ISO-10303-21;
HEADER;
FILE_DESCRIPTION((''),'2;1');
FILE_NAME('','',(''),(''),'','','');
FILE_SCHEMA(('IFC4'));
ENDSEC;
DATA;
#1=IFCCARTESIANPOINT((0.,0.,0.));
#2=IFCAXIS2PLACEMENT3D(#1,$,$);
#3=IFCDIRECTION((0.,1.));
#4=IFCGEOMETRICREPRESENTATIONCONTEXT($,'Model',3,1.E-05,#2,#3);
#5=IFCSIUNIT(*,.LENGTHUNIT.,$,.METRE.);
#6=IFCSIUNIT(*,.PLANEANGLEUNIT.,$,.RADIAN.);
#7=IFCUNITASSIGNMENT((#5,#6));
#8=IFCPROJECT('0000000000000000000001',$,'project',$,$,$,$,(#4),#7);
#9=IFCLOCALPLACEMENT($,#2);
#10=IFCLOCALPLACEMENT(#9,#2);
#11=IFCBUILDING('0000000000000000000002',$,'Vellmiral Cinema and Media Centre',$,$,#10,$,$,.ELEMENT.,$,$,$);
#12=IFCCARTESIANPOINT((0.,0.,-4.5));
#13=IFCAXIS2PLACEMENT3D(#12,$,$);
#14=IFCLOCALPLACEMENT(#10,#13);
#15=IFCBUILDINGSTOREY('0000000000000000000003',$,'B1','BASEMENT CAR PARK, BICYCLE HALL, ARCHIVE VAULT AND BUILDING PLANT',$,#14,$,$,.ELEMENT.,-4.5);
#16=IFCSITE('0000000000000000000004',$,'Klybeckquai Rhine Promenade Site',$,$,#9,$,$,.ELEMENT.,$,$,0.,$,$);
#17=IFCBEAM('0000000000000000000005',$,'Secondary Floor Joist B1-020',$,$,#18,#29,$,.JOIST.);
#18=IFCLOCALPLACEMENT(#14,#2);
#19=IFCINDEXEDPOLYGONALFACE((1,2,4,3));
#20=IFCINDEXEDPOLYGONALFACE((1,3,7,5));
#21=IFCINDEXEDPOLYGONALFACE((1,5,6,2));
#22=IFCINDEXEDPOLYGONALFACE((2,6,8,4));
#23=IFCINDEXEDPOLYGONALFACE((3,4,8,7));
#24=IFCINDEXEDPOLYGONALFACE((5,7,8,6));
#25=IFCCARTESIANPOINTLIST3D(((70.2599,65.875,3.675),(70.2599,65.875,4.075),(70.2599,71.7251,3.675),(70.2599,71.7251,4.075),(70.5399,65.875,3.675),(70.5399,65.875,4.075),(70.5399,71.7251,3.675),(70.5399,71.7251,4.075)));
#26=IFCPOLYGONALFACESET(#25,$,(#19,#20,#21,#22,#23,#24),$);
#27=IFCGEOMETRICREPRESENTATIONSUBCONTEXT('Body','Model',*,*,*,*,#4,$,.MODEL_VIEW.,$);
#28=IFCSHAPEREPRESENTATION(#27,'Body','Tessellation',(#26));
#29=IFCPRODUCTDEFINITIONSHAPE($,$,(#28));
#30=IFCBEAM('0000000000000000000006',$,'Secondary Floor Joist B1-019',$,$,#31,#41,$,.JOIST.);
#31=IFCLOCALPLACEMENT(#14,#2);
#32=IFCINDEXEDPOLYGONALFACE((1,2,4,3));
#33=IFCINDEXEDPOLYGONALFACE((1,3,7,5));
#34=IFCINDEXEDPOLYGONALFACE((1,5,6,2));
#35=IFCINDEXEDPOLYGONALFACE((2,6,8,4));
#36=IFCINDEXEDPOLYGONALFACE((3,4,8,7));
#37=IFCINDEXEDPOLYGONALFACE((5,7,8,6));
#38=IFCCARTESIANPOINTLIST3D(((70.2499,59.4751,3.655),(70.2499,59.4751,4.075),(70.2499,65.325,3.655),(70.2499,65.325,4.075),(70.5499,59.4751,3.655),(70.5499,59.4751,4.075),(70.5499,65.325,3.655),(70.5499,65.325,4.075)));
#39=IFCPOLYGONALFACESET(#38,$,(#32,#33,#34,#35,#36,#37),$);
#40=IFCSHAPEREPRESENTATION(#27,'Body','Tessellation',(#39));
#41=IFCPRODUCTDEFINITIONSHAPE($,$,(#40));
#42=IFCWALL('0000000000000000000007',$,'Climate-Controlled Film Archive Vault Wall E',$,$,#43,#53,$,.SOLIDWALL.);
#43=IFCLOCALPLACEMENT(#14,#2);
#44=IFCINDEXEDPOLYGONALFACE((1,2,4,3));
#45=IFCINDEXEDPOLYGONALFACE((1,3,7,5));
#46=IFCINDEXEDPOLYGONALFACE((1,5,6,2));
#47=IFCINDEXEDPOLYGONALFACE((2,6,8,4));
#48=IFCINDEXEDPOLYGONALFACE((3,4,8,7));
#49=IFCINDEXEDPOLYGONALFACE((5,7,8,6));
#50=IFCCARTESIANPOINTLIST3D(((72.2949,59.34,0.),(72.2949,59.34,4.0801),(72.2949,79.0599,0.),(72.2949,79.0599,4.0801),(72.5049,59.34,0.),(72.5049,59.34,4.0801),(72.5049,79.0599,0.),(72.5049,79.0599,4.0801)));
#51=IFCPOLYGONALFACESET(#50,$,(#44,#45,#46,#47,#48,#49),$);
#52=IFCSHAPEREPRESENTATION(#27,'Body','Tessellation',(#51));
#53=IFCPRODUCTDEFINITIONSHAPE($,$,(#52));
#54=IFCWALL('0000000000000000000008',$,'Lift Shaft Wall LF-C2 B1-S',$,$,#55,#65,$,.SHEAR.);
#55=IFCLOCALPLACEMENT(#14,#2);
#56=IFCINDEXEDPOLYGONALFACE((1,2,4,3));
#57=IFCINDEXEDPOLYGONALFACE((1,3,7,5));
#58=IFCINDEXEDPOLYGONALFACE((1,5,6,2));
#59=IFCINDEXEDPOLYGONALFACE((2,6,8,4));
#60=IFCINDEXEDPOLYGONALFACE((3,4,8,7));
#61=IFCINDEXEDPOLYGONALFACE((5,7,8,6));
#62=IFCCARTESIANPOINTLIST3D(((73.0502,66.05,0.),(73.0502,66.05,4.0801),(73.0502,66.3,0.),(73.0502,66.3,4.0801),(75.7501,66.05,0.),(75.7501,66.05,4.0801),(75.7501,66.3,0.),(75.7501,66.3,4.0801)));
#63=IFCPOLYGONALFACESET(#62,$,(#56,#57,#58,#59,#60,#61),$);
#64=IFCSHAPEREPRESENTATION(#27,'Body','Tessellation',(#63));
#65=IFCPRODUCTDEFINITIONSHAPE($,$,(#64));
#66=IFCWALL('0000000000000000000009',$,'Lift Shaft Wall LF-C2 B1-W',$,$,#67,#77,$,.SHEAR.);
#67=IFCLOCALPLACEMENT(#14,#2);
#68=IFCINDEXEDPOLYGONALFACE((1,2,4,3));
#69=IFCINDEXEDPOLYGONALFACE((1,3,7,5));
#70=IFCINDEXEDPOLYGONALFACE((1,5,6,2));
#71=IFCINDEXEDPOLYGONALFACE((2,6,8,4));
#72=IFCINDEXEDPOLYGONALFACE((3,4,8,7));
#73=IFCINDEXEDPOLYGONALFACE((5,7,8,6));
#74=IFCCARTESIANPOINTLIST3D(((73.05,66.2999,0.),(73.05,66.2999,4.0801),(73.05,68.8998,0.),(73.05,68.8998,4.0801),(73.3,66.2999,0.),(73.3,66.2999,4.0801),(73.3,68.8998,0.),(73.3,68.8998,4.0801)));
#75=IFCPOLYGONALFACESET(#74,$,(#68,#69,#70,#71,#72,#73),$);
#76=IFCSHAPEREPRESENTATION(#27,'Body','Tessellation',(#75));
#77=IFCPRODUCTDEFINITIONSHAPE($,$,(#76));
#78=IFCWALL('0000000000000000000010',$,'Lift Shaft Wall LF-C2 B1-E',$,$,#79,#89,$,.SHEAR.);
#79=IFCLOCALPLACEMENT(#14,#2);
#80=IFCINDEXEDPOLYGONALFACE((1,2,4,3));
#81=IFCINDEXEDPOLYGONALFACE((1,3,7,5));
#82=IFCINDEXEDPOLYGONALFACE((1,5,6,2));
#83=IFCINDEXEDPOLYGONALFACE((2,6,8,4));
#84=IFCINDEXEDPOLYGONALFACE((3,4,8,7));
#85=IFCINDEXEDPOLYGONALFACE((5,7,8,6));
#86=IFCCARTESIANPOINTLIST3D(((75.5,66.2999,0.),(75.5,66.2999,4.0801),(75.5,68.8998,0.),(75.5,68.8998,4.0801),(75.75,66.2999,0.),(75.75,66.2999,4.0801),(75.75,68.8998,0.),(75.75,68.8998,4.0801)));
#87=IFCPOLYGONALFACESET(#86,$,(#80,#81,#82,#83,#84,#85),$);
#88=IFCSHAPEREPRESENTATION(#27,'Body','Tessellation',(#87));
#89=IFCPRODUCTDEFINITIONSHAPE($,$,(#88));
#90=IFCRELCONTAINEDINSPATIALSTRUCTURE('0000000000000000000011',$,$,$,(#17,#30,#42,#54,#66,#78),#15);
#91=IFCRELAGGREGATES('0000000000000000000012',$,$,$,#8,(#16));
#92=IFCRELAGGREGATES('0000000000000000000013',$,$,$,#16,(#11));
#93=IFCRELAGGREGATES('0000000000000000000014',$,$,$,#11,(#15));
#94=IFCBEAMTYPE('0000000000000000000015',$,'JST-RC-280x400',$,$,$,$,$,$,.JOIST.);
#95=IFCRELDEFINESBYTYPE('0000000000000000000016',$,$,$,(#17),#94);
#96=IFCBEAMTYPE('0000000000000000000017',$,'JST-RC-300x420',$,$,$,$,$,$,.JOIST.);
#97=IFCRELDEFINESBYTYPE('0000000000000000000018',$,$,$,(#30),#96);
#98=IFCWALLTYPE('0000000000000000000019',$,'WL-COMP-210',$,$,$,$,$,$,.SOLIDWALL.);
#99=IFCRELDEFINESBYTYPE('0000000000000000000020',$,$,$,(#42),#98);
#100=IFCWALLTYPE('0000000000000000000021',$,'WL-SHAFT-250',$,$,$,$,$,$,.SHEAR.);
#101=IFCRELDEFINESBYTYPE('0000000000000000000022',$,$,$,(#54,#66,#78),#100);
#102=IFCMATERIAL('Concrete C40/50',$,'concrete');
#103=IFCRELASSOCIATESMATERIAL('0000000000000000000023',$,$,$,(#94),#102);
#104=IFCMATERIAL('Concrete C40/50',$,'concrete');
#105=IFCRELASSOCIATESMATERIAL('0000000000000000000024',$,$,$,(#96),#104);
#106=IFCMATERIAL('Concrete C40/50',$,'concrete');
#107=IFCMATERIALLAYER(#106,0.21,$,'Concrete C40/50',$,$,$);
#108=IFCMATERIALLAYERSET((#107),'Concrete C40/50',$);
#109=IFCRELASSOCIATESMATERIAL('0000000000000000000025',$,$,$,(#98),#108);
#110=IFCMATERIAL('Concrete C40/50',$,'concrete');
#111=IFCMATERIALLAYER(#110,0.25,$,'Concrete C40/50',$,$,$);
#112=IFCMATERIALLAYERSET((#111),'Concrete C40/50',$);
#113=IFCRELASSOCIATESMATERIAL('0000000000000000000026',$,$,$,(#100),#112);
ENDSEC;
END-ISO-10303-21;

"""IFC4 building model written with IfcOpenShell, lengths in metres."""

from ifc_helpers import new_model, si_unit, direction, frame, frame_2d, origin, origin_2d, place, context, subcontext, project, spatial, rectangle, extrude, material, layer, layer_set, material_profile, profile_set, type_object, element, save


model = new_model("IFC4")

# Units and contexts
model_context = context("Model", 3, precision=1e-05, world=origin(), true_north=direction((0.0, 1.0)))
body_context = subcontext(model_context, "Body", "Model", "MODEL_VIEW")
ifc_project = project(units=[si_unit("LENGTHUNIT", "METRE"), si_unit("PLANEANGLEUNIT", "RADIAN")], contexts=[model_context])

# Site, building, storey
site_placement = place(None, origin())
site = spatial("IfcSite", under=ifc_project, at=site_placement, Name="Klybeckquai Rhine Promenade Site", CompositionType="ELEMENT", RefElevation=0.0)
building_placement = place(site_placement, origin())
building = spatial("IfcBuilding", under=site, at=building_placement, Name="Vellmiral Cinema and Media Centre", CompositionType="ELEMENT")
storey_placement = place(building_placement, frame((0.0, 0.0, -4.5)))
storey = spatial("IfcBuildingStorey", under=building, at=storey_placement, Name="B1", Description="BASEMENT CAR PARK, BICYCLE HALL, ARCHIVE VAULT AND BUILDING PLANT", CompositionType="ELEMENT", Elevation=-4.5)

# Beams
ifc_material_1 = material(Name="Concrete C40/50", Category="concrete")
ifc_material_profile_1 = material_profile(ifc_material_1, rectangle(XDim=0.28, YDim=0.3999, at=origin_2d()), Name="RC 280x400")
ifc_profile_set_1 = profile_set([ifc_material_profile_1], Name="Concrete C40/50")
beam_type_1 = type_object("IfcBeamType", Name="JST-RC-280x400", PredefinedType="JOIST", material=ifc_profile_set_1)
beam_1_placement = place(storey_placement, frame((70.3999, 65.875, 3.875), z_axis=(0.0, 1.0, 0.0), x_axis=(-1.0, 0.0, 0.0)))
element("IfcBeam", 1, at=beam_1_placement, inside=storey, type_object=beam_type_1, Name="Secondary Floor Joist B1-020", PredefinedType="JOIST", context=body_context, shape_type="SweptSolid", body=[
    extrude(rectangle(XDim=0.28, YDim=0.3999, at=origin_2d()), origin(), (0.0, 0.0, 1.0), 5.8501),
])
ifc_material_2 = material(Name="Concrete C40/50", Category="concrete")
ifc_material_profile_2 = material_profile(ifc_material_2, rectangle(XDim=0.3, YDim=0.4199, at=origin_2d()), Name="RC 300x420")
ifc_profile_set_2 = profile_set([ifc_material_profile_2], Name="Concrete C40/50")
beam_type_2 = type_object("IfcBeamType", Name="JST-RC-300x420", PredefinedType="JOIST", material=ifc_profile_set_2)
beam_2_placement = place(storey_placement, frame((70.3999, 59.4751, 3.865), z_axis=(0.0, 1.0, 0.0), x_axis=(-1.0, 0.0, 0.0)))
element("IfcBeam", 2, at=beam_2_placement, inside=storey, type_object=beam_type_2, Name="Secondary Floor Joist B1-019", PredefinedType="JOIST", context=body_context, shape_type="SweptSolid", body=[
    extrude(rectangle(XDim=0.3, YDim=0.4199, at=origin_2d()), origin(), (0.0, 0.0, 1.0), 5.8499),
])

# Walls
ifc_material_3 = material(Name="Concrete C40/50", Category="concrete")
ifc_layer_1 = layer(ifc_material_3, 0.21, Name="Concrete C40/50")
ifc_layer_set_1 = layer_set([ifc_layer_1], Name="Concrete C40/50")
wall_type_1 = type_object("IfcWallType", Name="WL-COMP-210", PredefinedType="SOLIDWALL", material=ifc_layer_set_1)
wall_1_placement = place(storey_placement, frame((72.3999, 59.3401, 0.0), z_axis=(0.0, 0.0, 1.0), x_axis=(0.0, 1.0, 0.0)))
element("IfcWall", 3, at=wall_1_placement, inside=storey, type_object=wall_type_1, Name="Climate-Controlled Film Archive Vault Wall E", PredefinedType="SOLIDWALL", context=body_context, shape_type="SweptSolid", body=[
    extrude(rectangle(XDim=19.72, YDim=0.21, at=frame_2d((9.8599, 0.0))), origin(), (0.0, 0.0, 1.0), 4.0801),
])
ifc_material_4 = material(Name="Concrete C40/50", Category="concrete")
ifc_layer_2 = layer(ifc_material_4, 0.25, Name="Concrete C40/50")
ifc_layer_set_2 = layer_set([ifc_layer_2], Name="Concrete C40/50")
wall_type_2 = type_object("IfcWallType", Name="WL-SHAFT-250", PredefinedType="SHEAR", material=ifc_layer_set_2)
wall_2_placement = place(storey_placement, frame((73.05, 66.175, 0.0), z_axis=(0.0, 0.0, 1.0), x_axis=(1.0, 0.0, 0.0)))
element("IfcWall", 4, at=wall_2_placement, inside=storey, type_object=wall_type_2, Name="Lift Shaft Wall LF-C2 B1-S", PredefinedType="SHEAR", context=body_context, shape_type="SweptSolid", body=[
    extrude(rectangle(XDim=2.7, YDim=0.25, at=frame_2d((1.3501, 0.0))), origin(), (0.0, 0.0, 1.0), 4.0801),
])

# Walls
for number, where, z_axis, x_axis, name in (
    (5, (73.175, 66.3, 0.0), (0.0, 0.0, 1.0), (0.0, 1.0, 0.0), "Lift Shaft Wall LF-C2 B1-W"),
    (6, (75.625, 66.3, 0.0), (0.0, 0.0, 1.0), (0.0, 1.0, 0.0), "Lift Shaft Wall LF-C2 B1-E"),
):
    element("IfcWall", number, at=place(storey_placement, frame(where, z_axis=z_axis, x_axis=x_axis)), inside=storey, type_object=wall_type_2, Name=name, PredefinedType="SHEAR", context=body_context, shape_type="SweptSolid", body=[
        extrude(rectangle(XDim=2.5999, YDim=0.25, at=frame_2d((1.2998, 0.0))), origin(), (0.0, 0.0, 1.0), 4.0801),
    ])

save(model, "model.ifc")
